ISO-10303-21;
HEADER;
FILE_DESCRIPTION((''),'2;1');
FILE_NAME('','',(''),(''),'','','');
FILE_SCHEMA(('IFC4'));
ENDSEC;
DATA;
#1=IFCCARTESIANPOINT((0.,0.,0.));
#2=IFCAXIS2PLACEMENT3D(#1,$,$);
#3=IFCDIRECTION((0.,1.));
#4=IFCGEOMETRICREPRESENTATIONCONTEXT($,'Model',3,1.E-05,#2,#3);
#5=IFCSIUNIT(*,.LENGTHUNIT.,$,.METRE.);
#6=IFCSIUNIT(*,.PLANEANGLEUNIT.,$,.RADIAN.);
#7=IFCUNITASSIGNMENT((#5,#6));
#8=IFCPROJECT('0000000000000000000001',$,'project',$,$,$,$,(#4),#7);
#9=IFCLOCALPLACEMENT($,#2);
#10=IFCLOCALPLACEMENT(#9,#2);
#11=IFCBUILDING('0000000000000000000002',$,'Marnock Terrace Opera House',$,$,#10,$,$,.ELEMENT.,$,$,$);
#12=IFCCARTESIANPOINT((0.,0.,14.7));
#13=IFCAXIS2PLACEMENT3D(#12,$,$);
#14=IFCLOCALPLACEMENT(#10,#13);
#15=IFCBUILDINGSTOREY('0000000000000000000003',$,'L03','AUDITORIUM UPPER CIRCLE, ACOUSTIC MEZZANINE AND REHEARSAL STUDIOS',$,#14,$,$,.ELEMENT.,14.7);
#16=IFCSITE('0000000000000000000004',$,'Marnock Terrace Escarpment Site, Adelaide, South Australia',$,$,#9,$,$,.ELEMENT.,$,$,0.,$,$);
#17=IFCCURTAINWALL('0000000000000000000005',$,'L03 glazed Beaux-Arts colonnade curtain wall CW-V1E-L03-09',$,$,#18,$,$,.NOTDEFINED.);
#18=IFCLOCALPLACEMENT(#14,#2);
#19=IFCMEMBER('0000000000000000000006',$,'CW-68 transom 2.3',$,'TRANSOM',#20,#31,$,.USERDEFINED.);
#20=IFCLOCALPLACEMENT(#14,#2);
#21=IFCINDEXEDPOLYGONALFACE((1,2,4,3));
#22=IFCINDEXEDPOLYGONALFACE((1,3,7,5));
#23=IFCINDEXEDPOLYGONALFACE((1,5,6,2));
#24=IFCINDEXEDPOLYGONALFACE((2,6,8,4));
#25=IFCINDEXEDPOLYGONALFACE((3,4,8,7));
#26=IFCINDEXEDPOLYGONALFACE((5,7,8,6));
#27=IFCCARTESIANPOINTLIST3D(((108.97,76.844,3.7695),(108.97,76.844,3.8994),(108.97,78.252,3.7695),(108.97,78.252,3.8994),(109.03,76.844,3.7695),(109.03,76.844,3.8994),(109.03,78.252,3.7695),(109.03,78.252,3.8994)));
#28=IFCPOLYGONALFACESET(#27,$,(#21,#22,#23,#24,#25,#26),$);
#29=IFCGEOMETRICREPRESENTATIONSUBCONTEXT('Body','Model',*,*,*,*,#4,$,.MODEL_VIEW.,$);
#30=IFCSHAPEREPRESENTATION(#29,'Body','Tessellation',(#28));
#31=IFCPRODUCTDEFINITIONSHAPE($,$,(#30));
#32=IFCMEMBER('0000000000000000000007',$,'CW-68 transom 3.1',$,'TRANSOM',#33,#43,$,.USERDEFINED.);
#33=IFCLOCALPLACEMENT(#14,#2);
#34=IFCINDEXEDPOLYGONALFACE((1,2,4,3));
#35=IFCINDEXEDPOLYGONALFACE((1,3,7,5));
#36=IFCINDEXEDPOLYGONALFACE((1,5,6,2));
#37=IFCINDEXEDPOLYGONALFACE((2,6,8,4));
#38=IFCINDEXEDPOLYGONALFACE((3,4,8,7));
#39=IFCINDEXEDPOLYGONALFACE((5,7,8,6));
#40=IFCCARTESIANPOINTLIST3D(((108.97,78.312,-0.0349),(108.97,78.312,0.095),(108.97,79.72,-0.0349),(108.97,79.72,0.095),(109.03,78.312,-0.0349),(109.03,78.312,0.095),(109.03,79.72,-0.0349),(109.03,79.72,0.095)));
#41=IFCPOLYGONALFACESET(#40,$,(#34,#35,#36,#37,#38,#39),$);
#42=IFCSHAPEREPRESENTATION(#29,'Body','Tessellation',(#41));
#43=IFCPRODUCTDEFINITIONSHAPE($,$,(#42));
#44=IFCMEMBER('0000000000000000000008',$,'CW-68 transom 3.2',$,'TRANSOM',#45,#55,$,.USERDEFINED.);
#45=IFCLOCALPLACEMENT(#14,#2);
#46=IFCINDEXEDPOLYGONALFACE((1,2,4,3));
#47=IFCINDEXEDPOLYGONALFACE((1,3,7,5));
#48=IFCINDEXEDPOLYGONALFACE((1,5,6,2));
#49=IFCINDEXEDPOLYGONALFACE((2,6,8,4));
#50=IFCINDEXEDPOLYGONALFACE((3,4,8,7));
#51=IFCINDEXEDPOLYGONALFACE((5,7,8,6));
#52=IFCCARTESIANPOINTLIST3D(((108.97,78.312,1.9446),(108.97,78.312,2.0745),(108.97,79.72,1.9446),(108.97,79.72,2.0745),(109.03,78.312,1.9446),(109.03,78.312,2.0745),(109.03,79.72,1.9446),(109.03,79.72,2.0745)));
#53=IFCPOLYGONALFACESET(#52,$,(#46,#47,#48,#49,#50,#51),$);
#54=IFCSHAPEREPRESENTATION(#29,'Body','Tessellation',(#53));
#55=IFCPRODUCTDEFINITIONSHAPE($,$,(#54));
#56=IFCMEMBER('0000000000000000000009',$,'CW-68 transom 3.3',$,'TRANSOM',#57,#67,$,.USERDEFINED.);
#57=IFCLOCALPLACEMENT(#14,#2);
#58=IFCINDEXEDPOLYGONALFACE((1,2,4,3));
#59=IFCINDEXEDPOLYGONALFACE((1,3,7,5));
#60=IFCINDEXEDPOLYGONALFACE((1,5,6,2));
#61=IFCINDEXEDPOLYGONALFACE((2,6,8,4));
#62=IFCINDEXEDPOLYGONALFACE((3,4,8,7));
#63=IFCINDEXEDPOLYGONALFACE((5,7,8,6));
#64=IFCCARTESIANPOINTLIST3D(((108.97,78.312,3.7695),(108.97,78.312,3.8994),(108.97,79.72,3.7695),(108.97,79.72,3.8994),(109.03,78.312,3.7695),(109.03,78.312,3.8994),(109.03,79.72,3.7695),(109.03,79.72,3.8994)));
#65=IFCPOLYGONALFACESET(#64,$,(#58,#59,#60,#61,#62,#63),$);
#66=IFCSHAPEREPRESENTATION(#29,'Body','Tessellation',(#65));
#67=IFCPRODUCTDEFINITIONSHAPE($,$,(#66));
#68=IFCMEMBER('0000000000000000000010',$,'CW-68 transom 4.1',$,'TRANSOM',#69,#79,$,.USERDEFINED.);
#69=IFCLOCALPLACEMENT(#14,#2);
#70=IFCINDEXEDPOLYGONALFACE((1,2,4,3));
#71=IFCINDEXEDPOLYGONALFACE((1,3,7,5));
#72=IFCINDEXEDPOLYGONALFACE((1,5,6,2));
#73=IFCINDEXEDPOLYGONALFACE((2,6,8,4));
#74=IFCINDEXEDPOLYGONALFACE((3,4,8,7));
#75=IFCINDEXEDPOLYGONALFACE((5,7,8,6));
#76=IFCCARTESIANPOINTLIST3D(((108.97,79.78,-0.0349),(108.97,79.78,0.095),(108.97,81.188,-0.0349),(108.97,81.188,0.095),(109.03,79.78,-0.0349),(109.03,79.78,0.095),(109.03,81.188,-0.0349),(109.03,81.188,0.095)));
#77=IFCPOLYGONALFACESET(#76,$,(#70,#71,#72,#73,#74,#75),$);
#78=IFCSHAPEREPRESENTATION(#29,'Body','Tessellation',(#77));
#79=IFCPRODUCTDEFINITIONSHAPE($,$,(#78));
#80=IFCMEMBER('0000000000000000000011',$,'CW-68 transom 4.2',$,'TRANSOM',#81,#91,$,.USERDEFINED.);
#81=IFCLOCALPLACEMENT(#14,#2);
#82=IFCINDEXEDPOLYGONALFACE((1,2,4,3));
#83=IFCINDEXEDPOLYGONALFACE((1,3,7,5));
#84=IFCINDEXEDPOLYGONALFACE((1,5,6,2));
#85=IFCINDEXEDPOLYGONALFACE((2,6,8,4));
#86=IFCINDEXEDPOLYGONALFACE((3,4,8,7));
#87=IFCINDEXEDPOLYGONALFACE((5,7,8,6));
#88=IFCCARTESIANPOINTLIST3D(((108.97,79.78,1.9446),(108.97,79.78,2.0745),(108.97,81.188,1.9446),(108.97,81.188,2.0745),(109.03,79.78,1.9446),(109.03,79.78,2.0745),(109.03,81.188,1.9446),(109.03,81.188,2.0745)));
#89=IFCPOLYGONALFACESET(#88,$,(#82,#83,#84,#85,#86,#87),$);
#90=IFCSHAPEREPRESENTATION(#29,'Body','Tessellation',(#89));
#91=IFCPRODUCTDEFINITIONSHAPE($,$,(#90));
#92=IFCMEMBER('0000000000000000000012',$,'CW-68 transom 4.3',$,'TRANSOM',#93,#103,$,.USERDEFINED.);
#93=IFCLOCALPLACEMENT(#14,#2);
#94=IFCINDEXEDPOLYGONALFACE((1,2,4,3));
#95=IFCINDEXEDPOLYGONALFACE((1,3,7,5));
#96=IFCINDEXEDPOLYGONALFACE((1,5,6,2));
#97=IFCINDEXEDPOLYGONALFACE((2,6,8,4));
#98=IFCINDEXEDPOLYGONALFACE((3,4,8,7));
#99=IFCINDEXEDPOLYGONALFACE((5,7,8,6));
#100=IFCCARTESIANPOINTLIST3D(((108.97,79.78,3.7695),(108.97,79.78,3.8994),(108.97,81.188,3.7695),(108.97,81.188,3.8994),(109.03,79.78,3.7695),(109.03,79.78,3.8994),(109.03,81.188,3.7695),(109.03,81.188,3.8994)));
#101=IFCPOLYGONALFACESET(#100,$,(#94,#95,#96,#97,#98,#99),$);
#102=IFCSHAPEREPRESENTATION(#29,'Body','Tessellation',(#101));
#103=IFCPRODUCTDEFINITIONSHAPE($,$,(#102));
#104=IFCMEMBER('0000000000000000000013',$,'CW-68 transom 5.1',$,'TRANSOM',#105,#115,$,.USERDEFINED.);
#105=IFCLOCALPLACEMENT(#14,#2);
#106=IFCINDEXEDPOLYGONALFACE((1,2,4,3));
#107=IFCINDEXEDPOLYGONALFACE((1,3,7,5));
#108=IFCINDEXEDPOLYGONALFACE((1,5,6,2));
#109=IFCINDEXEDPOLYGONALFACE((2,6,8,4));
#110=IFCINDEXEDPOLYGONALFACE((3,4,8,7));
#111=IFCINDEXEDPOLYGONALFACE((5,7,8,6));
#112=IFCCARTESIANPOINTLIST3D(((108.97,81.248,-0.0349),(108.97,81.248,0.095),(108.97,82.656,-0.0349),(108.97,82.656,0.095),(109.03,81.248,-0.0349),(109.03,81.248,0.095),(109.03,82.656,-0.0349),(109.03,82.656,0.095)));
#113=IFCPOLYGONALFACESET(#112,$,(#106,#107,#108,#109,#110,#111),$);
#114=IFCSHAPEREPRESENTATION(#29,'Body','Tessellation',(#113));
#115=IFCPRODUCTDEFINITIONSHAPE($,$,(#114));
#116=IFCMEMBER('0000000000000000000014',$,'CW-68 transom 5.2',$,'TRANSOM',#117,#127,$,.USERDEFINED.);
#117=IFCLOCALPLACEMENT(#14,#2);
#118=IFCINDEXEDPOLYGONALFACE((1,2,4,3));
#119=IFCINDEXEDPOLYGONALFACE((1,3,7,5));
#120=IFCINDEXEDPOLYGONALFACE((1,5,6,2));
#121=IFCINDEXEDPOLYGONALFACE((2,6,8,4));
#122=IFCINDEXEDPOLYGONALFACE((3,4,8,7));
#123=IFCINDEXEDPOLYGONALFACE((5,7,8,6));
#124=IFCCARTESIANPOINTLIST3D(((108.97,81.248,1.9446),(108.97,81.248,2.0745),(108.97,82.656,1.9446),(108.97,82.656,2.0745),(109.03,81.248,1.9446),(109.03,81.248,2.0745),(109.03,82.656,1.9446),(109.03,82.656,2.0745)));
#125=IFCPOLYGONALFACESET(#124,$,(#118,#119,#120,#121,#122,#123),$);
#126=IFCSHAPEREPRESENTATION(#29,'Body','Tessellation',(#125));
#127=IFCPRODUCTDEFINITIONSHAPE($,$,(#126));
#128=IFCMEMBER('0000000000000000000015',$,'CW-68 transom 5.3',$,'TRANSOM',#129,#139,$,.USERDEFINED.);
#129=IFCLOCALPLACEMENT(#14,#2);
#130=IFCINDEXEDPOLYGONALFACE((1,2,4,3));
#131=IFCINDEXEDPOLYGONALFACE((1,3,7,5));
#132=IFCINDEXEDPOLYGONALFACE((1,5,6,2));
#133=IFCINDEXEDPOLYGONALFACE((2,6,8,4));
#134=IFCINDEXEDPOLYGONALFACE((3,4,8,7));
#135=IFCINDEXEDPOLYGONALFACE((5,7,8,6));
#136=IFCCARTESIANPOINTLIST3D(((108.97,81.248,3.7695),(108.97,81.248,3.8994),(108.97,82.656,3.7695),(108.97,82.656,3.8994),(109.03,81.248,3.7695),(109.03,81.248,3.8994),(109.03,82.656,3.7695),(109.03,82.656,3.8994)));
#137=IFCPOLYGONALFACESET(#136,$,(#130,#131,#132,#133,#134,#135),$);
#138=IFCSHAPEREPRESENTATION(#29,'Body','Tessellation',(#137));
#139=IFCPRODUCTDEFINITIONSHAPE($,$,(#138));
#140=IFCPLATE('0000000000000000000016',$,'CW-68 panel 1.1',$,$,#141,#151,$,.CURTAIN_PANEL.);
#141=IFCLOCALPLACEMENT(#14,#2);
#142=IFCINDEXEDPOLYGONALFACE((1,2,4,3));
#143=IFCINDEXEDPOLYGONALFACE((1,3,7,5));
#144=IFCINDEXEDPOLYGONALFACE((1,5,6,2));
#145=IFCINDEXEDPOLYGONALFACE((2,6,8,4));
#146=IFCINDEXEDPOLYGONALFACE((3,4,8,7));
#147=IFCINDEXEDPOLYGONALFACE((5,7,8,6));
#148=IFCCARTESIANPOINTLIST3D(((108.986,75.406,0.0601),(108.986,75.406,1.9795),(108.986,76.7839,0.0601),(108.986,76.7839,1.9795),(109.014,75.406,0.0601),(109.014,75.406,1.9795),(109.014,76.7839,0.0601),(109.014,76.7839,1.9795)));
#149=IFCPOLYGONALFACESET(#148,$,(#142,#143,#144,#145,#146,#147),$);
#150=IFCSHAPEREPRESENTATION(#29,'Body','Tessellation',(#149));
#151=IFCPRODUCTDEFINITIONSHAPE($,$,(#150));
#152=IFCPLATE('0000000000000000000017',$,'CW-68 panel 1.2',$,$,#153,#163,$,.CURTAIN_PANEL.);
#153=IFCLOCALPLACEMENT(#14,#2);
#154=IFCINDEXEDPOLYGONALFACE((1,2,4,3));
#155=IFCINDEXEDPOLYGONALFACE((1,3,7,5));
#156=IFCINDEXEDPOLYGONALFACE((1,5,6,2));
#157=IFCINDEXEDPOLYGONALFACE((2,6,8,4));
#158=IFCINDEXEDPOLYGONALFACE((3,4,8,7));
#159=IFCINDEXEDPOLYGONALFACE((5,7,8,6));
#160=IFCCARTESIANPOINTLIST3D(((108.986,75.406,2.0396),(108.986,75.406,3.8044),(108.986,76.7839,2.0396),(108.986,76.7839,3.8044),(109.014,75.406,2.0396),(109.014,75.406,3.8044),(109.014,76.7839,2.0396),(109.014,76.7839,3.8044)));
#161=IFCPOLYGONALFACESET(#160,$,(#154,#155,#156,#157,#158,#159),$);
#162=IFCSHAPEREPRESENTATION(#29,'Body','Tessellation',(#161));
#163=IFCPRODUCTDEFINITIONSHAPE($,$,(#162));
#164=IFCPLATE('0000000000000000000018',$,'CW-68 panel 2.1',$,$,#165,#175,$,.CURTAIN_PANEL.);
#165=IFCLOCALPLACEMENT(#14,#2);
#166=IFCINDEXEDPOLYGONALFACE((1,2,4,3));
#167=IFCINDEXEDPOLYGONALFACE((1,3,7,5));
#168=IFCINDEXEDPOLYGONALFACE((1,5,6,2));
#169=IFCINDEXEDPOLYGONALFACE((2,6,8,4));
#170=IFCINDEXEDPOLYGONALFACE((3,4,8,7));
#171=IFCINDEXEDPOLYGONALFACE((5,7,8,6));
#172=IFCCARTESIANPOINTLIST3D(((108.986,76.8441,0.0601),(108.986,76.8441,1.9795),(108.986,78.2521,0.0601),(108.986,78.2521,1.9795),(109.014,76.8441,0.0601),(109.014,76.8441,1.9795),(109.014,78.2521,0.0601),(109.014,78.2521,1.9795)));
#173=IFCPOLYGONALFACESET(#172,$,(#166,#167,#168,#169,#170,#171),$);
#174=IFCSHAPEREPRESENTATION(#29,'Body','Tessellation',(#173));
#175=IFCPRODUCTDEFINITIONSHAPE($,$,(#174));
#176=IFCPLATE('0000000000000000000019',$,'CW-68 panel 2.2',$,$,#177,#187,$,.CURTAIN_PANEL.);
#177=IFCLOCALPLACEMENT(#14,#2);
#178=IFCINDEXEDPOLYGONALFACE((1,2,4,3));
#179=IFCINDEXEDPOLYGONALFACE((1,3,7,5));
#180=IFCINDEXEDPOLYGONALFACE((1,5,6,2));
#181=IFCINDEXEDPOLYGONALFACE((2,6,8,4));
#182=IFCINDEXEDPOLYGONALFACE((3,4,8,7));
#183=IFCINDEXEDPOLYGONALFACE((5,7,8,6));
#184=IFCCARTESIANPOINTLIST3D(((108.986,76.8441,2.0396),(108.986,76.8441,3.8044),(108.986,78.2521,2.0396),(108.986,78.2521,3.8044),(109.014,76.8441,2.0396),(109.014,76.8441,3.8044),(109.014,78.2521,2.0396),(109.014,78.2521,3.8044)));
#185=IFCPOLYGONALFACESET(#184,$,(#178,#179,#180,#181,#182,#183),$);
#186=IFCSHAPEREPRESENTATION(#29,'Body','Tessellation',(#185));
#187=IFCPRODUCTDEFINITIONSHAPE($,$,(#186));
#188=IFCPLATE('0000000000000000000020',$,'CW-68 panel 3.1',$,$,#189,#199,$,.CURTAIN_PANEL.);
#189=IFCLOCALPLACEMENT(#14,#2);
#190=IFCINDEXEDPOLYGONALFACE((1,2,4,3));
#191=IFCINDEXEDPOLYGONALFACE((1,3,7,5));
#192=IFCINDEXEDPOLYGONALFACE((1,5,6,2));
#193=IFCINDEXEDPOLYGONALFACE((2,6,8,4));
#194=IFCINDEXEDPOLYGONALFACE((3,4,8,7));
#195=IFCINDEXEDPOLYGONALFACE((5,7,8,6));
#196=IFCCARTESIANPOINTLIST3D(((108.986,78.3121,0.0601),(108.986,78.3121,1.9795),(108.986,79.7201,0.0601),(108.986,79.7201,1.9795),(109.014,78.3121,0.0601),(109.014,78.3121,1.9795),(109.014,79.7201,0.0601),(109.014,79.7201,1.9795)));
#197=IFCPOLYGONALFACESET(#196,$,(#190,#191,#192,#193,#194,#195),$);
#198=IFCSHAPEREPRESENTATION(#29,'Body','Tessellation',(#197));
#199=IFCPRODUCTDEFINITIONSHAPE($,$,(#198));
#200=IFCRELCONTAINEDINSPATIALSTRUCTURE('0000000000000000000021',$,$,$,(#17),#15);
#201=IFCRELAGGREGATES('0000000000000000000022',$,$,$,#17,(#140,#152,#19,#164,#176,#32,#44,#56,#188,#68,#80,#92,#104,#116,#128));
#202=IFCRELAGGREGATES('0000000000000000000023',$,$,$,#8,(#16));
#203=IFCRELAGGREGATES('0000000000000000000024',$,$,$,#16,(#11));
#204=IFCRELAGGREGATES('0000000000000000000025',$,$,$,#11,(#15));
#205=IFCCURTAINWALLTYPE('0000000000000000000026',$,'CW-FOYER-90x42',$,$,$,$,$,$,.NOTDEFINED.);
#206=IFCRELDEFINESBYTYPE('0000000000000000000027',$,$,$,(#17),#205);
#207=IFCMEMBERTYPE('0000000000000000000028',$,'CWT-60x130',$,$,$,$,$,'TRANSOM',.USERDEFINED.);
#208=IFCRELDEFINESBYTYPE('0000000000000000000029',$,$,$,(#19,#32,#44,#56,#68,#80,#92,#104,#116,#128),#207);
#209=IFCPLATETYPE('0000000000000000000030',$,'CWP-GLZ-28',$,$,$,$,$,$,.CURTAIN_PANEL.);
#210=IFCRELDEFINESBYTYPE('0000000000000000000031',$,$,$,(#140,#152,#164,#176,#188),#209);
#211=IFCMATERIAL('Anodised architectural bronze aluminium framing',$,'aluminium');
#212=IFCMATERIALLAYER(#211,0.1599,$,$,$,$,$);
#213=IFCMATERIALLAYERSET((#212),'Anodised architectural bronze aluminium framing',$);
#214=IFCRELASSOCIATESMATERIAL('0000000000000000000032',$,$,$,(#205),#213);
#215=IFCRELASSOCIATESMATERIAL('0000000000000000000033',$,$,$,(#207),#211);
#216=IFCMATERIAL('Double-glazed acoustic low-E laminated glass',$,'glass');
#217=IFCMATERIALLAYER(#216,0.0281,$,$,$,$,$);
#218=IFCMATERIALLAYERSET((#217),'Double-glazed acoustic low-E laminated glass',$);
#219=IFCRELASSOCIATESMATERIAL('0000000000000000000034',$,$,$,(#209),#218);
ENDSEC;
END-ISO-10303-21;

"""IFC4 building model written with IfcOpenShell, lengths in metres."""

from ifc_helpers import new_model, si_unit, direction, frame, origin, origin_2d, place, context, subcontext, project, spatial, rectangle, extrude, material, layer, layer_set, material_profile, profile_set, type_object, element, aggregate, save


model = new_model("IFC4")

# Units and contexts
model_context = context("Model", 3, precision=1e-05, world=origin(), true_north=direction((0.0, 1.0)))
body_context = subcontext(model_context, "Body", "Model", "MODEL_VIEW")
ifc_project = project(units=[si_unit("LENGTHUNIT", "METRE"), si_unit("PLANEANGLEUNIT", "RADIAN")], contexts=[model_context])

# Site, building, storey
site_placement = place(None, origin())
site = spatial("IfcSite", under=ifc_project, at=site_placement, Name="Marnock Terrace Escarpment Site, Adelaide, South Australia", CompositionType="ELEMENT", RefElevation=0.0)
building_placement = place(site_placement, origin())
building = spatial("IfcBuilding", under=site, at=building_placement, Name="Marnock Terrace Opera House", CompositionType="ELEMENT")
storey_placement = place(building_placement, frame((0.0, 0.0, 14.7)))
storey = spatial("IfcBuildingStorey", under=building, at=storey_placement, Name="L03", Description="AUDITORIUM UPPER CIRCLE, ACOUSTIC MEZZANINE AND REHEARSAL STUDIOS", CompositionType="ELEMENT", Elevation=14.7)

# Shared definitions
ifc_material_1 = material(Name="Anodised architectural bronze aluminium framing", Category="aluminium")
ifc_layer_1 = layer(ifc_material_1, 0.1599)
ifc_layer_set_1 = layer_set([ifc_layer_1], Name="Anodised architectural bronze aluminium framing")
curtain_wall_type = type_object("IfcCurtainWallType", Name="CW-FOYER-90x42", PredefinedType="NOTDEFINED", material=ifc_layer_set_1)

# Curtain wall, members, plates
curtain_wall_1_placement = place(storey_placement, origin())
curtain_wall_1 = element("IfcCurtainWall", 1, at=curtain_wall_1_placement, inside=storey, type_object=curtain_wall_type, Name="L03 glazed Beaux-Arts colonnade curtain wall CW-V1E-L03-09", PredefinedType="NOTDEFINED")
ifc_material_profile_1 = material_profile(ifc_material_1, rectangle(XDim=0.0601, YDim=0.1299, at=origin_2d()))
ifc_profile_set_1 = profile_set([ifc_material_profile_1], Name="Anodised architectural bronze aluminium framing")
member_type_1 = type_object("IfcMemberType", Name="CWT-60x130", ElementType="TRANSOM", PredefinedType="USERDEFINED", material=ifc_profile_set_1)
member_1_placement = place(storey_placement, frame((109.0, 76.844, 3.8345), z_axis=(0.0, 1.0, 0.0), x_axis=(-1.0, 0.0, 0.0)))
member_1 = element("IfcMember", 2, at=member_1_placement, type_object=member_type_1, Name="CW-68 transom 2.3", ObjectType="TRANSOM", PredefinedType="USERDEFINED", context=body_context, shape_type="SweptSolid", body=[
    extrude(rectangle(XDim=0.0601, YDim=0.1299, at=origin_2d()), origin(), (0.0, 0.0, 1.0), 1.408),
])
member_2_placement = place(storey_placement, frame((109.0, 78.312, 0.03), z_axis=(0.0, 1.0, 0.0), x_axis=(-1.0, 0.0, 0.0)))
member_2 = element("IfcMember", 3, at=member_2_placement, type_object=member_type_1, Name="CW-68 transom 3.1", ObjectType="TRANSOM", PredefinedType="USERDEFINED", context=body_context, shape_type="SweptSolid", body=[
    extrude(rectangle(XDim=0.0601, YDim=0.1299, at=origin_2d()), origin(), (0.0, 0.0, 1.0), 1.408),
])
member_3_placement = place(storey_placement, frame((109.0, 78.312, 2.0095), z_axis=(0.0, 1.0, 0.0), x_axis=(-1.0, 0.0, 0.0)))
member_3 = element("IfcMember", 4, at=member_3_placement, type_object=member_type_1, Name="CW-68 transom 3.2", ObjectType="TRANSOM", PredefinedType="USERDEFINED", context=body_context, shape_type="SweptSolid", body=[
    extrude(rectangle(XDim=0.0601, YDim=0.1299, at=origin_2d()), origin(), (0.0, 0.0, 1.0), 1.408),
])
member_4_placement = place(storey_placement, frame((109.0, 78.312, 3.8345), z_axis=(0.0, 1.0, 0.0), x_axis=(-1.0, 0.0, 0.0)))
member_4 = element("IfcMember", 5, at=member_4_placement, type_object=member_type_1, Name="CW-68 transom 3.3", ObjectType="TRANSOM", PredefinedType="USERDEFINED", context=body_context, shape_type="SweptSolid", body=[
    extrude(rectangle(XDim=0.0601, YDim=0.1299, at=origin_2d()), origin(), (0.0, 0.0, 1.0), 1.408),
])
member_5_placement = place(storey_placement, frame((109.0, 79.78, 0.03), z_axis=(0.0, 1.0, 0.0), x_axis=(-1.0, 0.0, 0.0)))
member_5 = element("IfcMember", 6, at=member_5_placement, type_object=member_type_1, Name="CW-68 transom 4.1", ObjectType="TRANSOM", PredefinedType="USERDEFINED", context=body_context, shape_type="SweptSolid", body=[
    extrude(rectangle(XDim=0.0601, YDim=0.1299, at=origin_2d()), origin(), (0.0, 0.0, 1.0), 1.408),
])
member_6_placement = place(storey_placement, frame((109.0, 79.78, 2.0095), z_axis=(0.0, 1.0, 0.0), x_axis=(-1.0, 0.0, 0.0)))
member_6 = element("IfcMember", 7, at=member_6_placement, type_object=member_type_1, Name="CW-68 transom 4.2", ObjectType="TRANSOM", PredefinedType="USERDEFINED", context=body_context, shape_type="SweptSolid", body=[
    extrude(rectangle(XDim=0.0601, YDim=0.1299, at=origin_2d()), origin(), (0.0, 0.0, 1.0), 1.408),
])
member_7_placement = place(storey_placement, frame((109.0, 79.78, 3.8345), z_axis=(0.0, 1.0, 0.0), x_axis=(-1.0, 0.0, 0.0)))
member_7 = element("IfcMember", 8, at=member_7_placement, type_object=member_type_1, Name="CW-68 transom 4.3", ObjectType="TRANSOM", PredefinedType="USERDEFINED", context=body_context, shape_type="SweptSolid", body=[
    extrude(rectangle(XDim=0.0601, YDim=0.1299, at=origin_2d()), origin(), (0.0, 0.0, 1.0), 1.408),
])
member_8_placement = place(storey_placement, frame((109.0, 81.248, 0.03), z_axis=(0.0, 1.0, 0.0), x_axis=(-1.0, 0.0, 0.0)))
member_8 = element("IfcMember", 9, at=member_8_placement, type_object=member_type_1, Name="CW-68 transom 5.1", ObjectType="TRANSOM", PredefinedType="USERDEFINED", context=body_context, shape_type="SweptSolid", body=[
    extrude(rectangle(XDim=0.0601, YDim=0.1299, at=origin_2d()), origin(), (0.0, 0.0, 1.0), 1.408),
])
member_9_placement = place(storey_placement, frame((109.0, 81.248, 2.0095), z_axis=(0.0, 1.0, 0.0), x_axis=(-1.0, 0.0, 0.0)))
member_9 = element("IfcMember", 10, at=member_9_placement, type_object=member_type_1, Name="CW-68 transom 5.2", ObjectType="TRANSOM", PredefinedType="USERDEFINED", context=body_context, shape_type="SweptSolid", body=[
    extrude(rectangle(XDim=0.0601, YDim=0.1299, at=origin_2d()), origin(), (0.0, 0.0, 1.0), 1.408),
])
member_10_placement = place(storey_placement, frame((109.0, 81.248, 3.8345), z_axis=(0.0, 1.0, 0.0), x_axis=(-1.0, 0.0, 0.0)))
member_10 = element("IfcMember", 11, at=member_10_placement, type_object=member_type_1, Name="CW-68 transom 5.3", ObjectType="TRANSOM", PredefinedType="USERDEFINED", context=body_context, shape_type="SweptSolid", body=[
    extrude(rectangle(XDim=0.0601, YDim=0.1299, at=origin_2d()), origin(), (0.0, 0.0, 1.0), 1.408),
])
ifc_material_2 = material(Name="Double-glazed acoustic low-E laminated glass", Category="glass")
ifc_layer_2 = layer(ifc_material_2, 0.0281)
ifc_layer_set_2 = layer_set([ifc_layer_2], Name="Double-glazed acoustic low-E laminated glass")
plate_type_1 = type_object("IfcPlateType", Name="CWP-GLZ-28", PredefinedType="CURTAIN_PANEL", material=ifc_layer_set_2)
plate_1_placement = place(storey_placement, frame((109.0, 76.095, 0.0601), z_axis=(0.0, 0.0, 1.0), x_axis=(0.0, 1.0, 0.0)))
plate_1 = element("IfcPlate", 12, at=plate_1_placement, type_object=plate_type_1, Name="CW-68 panel 1.1", PredefinedType="CURTAIN_PANEL", context=body_context, shape_type="SweptSolid", body=[
    extrude(rectangle(XDim=1.3779, YDim=0.0281, at=origin_2d()), origin(), (0.0, 0.0, 1.0), 1.9194),
])
plate_2_placement = place(storey_placement, frame((109.0, 76.095, 2.0396), z_axis=(0.0, 0.0, 1.0), x_axis=(0.0, 1.0, 0.0)))
plate_2 = element("IfcPlate", 13, at=plate_2_placement, type_object=plate_type_1, Name="CW-68 panel 1.2", PredefinedType="CURTAIN_PANEL", context=body_context, shape_type="SweptSolid", body=[
    extrude(rectangle(XDim=1.3779, YDim=0.0281, at=origin_2d()), origin(), (0.0, 0.0, 1.0), 1.7649),
])
plate_3_placement = place(storey_placement, frame((109.0, 77.5481, 0.0601), z_axis=(0.0, 0.0, 1.0), x_axis=(0.0, 1.0, 0.0)))
plate_3 = element("IfcPlate", 14, at=plate_3_placement, type_object=plate_type_1, Name="CW-68 panel 2.1", PredefinedType="CURTAIN_PANEL", context=body_context, shape_type="SweptSolid", body=[
    extrude(rectangle(XDim=1.408, YDim=0.0281, at=origin_2d()), origin(), (0.0, 0.0, 1.0), 1.9194),
])
plate_4_placement = place(storey_placement, frame((109.0, 77.5481, 2.0396), z_axis=(0.0, 0.0, 1.0), x_axis=(0.0, 1.0, 0.0)))
plate_4 = element("IfcPlate", 15, at=plate_4_placement, type_object=plate_type_1, Name="CW-68 panel 2.2", PredefinedType="CURTAIN_PANEL", context=body_context, shape_type="SweptSolid", body=[
    extrude(rectangle(XDim=1.408, YDim=0.0281, at=origin_2d()), origin(), (0.0, 0.0, 1.0), 1.7649),
])
plate_5_placement = place(storey_placement, frame((109.0, 79.0161, 0.0601), z_axis=(0.0, 0.0, 1.0), x_axis=(0.0, 1.0, 0.0)))
plate_5 = element("IfcPlate", 16, at=plate_5_placement, type_object=plate_type_1, Name="CW-68 panel 3.1", PredefinedType="CURTAIN_PANEL", context=body_context, shape_type="SweptSolid", body=[
    extrude(rectangle(XDim=1.408, YDim=0.0281, at=origin_2d()), origin(), (0.0, 0.0, 1.0), 1.9194),
])
aggregate(curtain_wall_1, [plate_1, plate_2, member_1, plate_3, plate_4, member_2, member_3, member_4, plate_5, member_5, member_6, member_7, member_8, member_9, member_10])

save(model, "model.ifc")
